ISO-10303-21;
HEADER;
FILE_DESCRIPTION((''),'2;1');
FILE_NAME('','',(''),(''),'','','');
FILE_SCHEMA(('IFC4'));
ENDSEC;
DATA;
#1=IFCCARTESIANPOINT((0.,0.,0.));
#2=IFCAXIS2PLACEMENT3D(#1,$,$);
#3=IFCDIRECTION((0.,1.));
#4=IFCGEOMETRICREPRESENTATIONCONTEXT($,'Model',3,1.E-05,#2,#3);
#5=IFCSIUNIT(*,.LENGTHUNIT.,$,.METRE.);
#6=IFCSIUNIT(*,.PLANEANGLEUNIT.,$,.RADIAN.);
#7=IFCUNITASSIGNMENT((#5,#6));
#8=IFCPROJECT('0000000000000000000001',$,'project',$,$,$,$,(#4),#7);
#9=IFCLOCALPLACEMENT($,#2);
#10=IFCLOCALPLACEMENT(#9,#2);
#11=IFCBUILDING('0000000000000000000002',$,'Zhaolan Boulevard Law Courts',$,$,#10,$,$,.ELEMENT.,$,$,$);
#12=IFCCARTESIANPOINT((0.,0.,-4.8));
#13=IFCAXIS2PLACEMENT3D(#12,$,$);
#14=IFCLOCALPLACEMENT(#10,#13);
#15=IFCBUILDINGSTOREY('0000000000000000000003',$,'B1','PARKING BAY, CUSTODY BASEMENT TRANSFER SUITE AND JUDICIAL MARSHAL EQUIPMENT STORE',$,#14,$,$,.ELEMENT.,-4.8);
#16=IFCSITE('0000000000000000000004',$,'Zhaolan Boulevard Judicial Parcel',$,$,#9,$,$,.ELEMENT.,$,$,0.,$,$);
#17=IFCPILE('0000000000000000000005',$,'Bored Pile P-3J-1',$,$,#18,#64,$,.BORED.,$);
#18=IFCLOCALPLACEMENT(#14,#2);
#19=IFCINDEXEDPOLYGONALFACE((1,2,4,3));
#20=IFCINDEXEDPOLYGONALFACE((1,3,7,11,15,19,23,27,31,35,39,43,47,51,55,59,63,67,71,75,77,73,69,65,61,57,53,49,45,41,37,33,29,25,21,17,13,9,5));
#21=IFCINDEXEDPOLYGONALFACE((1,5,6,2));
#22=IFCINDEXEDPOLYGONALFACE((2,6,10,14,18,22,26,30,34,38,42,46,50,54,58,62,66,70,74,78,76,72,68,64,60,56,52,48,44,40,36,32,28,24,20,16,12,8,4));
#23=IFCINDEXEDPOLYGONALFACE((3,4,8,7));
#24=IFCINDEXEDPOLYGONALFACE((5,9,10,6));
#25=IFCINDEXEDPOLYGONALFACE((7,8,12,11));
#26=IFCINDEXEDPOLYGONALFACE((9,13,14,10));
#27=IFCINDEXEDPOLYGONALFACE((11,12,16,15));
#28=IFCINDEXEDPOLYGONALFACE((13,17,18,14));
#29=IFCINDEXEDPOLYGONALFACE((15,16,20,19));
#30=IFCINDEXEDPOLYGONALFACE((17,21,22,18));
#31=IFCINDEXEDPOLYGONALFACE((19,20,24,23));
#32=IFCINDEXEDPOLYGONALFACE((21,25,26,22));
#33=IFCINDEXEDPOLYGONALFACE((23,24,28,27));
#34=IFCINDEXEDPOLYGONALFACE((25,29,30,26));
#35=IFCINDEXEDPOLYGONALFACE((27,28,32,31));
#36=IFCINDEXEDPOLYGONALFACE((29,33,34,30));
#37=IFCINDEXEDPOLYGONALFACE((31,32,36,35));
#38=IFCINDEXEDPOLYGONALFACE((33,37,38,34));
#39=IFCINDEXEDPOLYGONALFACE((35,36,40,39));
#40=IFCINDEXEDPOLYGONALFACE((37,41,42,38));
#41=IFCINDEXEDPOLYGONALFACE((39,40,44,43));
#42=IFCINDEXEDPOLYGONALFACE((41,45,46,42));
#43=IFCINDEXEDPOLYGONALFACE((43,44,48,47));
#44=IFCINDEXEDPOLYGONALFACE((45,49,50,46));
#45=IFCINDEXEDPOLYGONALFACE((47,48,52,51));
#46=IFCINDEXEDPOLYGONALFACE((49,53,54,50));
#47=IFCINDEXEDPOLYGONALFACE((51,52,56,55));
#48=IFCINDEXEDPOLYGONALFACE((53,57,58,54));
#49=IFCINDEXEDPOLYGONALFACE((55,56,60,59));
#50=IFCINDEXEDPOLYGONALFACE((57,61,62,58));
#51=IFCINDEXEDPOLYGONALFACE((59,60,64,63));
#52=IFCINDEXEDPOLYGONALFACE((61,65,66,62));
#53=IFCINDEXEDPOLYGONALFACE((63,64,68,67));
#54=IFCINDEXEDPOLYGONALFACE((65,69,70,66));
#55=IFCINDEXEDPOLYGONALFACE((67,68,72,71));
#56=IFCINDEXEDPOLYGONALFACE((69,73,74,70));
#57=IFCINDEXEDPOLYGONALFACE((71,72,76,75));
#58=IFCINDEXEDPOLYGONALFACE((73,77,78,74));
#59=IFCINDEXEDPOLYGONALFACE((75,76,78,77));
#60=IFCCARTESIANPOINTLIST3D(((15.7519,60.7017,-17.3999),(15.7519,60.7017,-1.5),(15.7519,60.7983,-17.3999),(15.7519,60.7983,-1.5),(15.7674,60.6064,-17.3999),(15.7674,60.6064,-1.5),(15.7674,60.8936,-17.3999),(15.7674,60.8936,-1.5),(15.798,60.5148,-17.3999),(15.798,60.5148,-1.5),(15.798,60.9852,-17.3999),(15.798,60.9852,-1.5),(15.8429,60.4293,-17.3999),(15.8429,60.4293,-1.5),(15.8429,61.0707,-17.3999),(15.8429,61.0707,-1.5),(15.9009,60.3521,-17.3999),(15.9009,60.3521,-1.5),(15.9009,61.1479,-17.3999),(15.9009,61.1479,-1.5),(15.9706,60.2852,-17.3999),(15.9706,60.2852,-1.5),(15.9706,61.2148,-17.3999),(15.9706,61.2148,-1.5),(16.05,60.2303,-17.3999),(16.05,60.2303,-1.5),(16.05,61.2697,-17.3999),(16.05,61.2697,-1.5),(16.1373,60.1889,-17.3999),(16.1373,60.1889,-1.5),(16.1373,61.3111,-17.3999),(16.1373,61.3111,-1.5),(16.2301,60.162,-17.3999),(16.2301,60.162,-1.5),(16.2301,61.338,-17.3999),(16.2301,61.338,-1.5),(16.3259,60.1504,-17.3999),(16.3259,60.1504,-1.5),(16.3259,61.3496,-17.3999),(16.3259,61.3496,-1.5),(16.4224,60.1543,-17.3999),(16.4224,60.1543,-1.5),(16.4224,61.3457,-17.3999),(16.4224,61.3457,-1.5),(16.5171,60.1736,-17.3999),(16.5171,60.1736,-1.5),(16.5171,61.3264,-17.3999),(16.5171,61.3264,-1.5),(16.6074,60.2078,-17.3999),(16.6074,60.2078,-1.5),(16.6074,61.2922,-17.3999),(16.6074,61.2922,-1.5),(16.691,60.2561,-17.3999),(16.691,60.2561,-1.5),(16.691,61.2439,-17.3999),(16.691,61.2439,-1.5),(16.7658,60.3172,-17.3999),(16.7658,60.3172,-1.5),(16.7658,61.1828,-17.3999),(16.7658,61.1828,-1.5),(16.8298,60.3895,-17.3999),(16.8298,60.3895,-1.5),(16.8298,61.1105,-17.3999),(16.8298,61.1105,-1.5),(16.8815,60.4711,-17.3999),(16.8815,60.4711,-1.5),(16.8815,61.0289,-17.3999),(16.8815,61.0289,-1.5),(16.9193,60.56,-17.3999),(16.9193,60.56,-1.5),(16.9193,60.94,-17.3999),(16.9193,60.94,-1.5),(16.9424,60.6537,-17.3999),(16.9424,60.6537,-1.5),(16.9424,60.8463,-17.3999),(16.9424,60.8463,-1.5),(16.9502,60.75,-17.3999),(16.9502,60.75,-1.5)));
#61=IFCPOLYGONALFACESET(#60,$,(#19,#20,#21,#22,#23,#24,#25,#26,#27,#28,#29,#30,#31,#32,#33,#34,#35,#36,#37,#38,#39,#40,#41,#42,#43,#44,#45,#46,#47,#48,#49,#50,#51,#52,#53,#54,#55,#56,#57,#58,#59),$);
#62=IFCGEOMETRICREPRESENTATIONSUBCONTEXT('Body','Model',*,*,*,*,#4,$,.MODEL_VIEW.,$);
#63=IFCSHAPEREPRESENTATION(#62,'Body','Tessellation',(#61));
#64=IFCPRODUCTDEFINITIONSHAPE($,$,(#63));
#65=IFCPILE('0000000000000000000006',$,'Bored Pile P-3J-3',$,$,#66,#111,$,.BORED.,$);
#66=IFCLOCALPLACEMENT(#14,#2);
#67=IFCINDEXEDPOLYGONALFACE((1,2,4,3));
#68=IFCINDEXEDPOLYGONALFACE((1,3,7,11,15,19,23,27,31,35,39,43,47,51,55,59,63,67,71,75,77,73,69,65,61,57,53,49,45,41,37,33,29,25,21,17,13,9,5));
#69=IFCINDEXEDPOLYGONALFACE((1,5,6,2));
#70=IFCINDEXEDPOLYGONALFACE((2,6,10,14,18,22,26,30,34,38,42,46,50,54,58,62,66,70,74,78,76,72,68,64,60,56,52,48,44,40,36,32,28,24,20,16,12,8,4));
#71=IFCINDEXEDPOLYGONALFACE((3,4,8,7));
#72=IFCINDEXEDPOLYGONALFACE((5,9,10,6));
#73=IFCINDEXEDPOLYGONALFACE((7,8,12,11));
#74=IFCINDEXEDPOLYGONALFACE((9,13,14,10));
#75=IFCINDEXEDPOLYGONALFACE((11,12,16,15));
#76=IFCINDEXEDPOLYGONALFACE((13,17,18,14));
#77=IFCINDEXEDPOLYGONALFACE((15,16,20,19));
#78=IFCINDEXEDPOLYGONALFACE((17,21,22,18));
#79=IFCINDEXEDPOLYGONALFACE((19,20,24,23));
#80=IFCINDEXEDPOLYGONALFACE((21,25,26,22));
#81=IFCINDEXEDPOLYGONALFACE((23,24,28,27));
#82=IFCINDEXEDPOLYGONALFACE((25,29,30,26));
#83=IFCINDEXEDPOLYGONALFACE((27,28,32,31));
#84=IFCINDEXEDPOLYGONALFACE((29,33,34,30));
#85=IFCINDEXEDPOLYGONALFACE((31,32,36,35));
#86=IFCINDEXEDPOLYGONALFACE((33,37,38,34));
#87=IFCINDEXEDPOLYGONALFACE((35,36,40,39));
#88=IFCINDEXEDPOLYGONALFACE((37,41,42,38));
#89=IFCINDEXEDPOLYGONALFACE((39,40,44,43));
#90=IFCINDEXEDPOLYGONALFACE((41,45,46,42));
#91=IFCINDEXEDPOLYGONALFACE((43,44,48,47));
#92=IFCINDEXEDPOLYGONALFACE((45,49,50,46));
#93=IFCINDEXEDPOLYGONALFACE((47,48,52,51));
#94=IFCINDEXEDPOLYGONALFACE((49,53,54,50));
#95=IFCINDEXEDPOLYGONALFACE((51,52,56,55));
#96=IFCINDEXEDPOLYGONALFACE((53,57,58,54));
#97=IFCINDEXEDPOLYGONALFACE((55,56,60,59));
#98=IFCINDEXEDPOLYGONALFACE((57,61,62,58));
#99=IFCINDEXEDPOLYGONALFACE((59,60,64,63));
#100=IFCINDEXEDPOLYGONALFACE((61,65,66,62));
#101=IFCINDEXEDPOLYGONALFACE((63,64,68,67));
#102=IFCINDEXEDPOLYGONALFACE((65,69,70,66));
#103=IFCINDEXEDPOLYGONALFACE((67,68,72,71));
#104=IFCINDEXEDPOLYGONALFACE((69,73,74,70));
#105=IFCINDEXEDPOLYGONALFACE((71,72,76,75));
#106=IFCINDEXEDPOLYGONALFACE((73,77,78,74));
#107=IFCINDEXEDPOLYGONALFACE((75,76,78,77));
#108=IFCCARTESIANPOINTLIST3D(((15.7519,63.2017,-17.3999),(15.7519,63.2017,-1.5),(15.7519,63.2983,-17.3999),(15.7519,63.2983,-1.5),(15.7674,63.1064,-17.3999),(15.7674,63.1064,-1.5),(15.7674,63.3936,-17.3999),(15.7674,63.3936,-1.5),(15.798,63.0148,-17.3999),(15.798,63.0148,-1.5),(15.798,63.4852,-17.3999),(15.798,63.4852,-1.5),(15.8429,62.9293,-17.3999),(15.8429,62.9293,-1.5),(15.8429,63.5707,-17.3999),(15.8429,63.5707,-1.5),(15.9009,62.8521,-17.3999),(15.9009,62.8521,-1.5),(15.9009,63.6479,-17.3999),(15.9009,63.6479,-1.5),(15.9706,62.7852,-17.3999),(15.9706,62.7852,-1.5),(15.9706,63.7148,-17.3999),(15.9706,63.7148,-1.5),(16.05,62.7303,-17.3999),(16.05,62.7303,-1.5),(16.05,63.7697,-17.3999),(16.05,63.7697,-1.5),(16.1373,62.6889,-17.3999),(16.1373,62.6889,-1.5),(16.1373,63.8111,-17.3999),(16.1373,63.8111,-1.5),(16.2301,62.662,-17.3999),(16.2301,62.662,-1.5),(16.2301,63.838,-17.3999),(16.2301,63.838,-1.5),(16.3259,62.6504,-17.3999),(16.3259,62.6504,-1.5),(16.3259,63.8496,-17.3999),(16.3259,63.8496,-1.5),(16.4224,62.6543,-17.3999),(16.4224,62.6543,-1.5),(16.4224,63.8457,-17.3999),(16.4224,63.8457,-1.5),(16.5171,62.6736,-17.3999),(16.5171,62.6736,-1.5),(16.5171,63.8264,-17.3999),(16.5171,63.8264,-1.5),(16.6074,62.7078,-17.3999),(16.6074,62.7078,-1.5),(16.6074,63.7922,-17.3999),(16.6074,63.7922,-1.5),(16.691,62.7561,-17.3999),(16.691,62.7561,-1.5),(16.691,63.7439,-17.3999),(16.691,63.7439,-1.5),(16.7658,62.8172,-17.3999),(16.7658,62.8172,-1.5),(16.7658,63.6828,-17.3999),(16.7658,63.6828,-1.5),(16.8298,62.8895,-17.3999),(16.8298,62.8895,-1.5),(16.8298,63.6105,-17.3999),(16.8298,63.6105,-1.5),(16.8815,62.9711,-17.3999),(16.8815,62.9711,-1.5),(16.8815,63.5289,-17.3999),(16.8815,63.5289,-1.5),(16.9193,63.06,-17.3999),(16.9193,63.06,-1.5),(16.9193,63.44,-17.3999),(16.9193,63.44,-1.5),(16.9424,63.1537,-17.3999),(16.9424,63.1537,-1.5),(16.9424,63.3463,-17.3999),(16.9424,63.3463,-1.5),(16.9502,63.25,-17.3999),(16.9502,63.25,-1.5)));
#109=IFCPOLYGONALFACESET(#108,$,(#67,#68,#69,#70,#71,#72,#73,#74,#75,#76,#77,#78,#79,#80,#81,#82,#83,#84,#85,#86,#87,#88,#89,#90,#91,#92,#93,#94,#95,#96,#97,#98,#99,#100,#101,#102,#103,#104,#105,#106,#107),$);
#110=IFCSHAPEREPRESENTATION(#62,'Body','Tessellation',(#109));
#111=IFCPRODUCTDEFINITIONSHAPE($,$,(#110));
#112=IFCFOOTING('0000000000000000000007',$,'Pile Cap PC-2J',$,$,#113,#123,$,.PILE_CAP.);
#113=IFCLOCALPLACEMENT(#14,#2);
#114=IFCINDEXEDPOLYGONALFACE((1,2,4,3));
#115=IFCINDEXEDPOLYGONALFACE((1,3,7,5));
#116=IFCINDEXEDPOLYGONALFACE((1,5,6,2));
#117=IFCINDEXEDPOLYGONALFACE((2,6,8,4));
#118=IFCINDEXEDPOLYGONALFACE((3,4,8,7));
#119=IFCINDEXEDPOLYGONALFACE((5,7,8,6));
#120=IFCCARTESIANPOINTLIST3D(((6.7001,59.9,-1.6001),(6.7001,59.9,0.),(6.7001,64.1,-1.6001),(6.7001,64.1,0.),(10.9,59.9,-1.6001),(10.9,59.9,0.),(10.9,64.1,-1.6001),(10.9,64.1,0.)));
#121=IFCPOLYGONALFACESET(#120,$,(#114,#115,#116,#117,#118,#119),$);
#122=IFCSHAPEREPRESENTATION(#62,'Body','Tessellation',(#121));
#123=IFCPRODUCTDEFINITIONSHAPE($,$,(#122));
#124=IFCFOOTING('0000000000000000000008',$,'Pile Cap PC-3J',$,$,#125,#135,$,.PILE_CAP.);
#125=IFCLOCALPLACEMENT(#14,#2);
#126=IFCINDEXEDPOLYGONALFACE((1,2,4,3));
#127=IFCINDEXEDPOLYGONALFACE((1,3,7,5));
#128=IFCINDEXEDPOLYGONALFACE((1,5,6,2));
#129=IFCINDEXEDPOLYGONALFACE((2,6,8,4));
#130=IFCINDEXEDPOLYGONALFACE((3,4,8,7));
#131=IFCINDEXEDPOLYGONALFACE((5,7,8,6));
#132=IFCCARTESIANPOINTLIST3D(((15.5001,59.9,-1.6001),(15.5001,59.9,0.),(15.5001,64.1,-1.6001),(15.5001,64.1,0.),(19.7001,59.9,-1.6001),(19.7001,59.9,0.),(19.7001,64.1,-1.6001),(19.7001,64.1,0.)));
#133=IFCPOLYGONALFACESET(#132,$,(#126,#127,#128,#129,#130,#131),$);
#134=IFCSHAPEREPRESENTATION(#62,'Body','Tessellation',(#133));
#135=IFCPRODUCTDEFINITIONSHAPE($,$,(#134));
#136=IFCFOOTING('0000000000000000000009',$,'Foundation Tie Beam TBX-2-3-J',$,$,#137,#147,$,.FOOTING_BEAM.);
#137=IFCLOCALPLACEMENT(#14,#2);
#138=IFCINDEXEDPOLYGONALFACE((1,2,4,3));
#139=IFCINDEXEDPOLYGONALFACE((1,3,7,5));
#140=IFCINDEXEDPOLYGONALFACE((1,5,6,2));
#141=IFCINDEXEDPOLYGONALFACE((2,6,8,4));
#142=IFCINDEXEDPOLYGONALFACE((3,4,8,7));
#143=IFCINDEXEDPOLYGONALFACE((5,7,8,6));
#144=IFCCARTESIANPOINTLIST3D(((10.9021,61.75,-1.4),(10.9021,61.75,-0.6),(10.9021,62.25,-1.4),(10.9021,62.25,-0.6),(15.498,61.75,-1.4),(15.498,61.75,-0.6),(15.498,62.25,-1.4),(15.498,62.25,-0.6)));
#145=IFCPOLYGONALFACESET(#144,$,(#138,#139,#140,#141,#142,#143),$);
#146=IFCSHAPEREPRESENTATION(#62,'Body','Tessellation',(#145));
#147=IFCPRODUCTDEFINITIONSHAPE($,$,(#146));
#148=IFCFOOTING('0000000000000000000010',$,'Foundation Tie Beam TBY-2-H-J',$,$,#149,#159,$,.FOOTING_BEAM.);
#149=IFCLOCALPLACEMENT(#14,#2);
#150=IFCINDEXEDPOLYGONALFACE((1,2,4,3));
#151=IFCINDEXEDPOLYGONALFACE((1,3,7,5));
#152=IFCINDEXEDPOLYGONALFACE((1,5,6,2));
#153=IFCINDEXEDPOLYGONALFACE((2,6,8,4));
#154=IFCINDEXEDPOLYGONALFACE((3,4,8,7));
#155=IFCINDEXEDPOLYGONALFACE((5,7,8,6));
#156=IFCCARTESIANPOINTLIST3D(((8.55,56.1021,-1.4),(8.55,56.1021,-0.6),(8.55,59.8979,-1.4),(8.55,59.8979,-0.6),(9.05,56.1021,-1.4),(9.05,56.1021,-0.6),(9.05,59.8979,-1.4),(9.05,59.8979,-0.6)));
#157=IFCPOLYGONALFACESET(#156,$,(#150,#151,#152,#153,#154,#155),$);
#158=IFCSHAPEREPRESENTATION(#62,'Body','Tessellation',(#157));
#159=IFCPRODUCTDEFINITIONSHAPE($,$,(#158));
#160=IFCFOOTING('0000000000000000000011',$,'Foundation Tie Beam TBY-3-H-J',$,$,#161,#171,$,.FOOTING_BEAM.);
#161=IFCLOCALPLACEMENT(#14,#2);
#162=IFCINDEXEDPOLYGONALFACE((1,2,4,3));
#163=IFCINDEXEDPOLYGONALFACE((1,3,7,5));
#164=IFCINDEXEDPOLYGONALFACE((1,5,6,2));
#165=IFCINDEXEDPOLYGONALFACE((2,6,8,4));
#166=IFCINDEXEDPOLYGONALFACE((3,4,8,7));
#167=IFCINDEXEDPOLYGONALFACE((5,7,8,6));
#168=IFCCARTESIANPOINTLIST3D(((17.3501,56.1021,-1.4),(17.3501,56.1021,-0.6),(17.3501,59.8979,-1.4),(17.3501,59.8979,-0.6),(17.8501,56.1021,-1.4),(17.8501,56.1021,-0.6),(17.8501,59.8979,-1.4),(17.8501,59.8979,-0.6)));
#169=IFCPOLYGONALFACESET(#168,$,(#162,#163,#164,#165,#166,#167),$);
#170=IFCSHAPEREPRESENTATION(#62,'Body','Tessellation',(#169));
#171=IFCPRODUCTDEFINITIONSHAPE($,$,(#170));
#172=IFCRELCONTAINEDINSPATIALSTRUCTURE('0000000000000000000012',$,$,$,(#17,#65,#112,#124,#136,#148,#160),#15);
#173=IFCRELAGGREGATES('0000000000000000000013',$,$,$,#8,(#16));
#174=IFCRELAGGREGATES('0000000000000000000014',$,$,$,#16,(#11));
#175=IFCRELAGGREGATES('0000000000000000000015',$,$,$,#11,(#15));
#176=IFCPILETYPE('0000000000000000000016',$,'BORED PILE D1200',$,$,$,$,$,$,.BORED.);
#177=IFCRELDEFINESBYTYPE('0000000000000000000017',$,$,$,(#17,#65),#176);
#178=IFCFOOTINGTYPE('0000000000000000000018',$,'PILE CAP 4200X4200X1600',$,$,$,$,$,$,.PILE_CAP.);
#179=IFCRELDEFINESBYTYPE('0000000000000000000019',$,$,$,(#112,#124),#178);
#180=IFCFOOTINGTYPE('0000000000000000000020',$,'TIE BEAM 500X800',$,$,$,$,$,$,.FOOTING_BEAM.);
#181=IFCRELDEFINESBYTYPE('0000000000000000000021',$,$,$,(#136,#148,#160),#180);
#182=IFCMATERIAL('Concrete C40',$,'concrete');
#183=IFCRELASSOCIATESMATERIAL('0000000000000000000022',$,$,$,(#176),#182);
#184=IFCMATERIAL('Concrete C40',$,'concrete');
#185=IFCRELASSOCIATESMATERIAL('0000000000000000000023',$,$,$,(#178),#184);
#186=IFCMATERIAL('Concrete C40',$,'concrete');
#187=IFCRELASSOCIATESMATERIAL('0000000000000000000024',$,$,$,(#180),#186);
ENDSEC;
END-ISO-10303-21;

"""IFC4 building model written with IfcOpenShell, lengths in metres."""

from ifc_helpers import new_model, si_unit, direction, frame, origin, origin_2d, place, context, subcontext, project, spatial, rectangle, circle, extrude, material, material_profile, profile_set, type_object, element, save


model = new_model("IFC4")

# Units and contexts
model_context = context("Model", 3, precision=1e-05, world=origin(), true_north=direction((0.0, 1.0)))
body_context = subcontext(model_context, "Body", "Model", "MODEL_VIEW")
ifc_project = project(units=[si_unit("LENGTHUNIT", "METRE"), si_unit("PLANEANGLEUNIT", "RADIAN")], contexts=[model_context])

# Site, building, storey
site_placement = place(None, origin())
site = spatial("IfcSite", under=ifc_project, at=site_placement, Name="Zhaolan Boulevard Judicial Parcel", CompositionType="ELEMENT", RefElevation=0.0)
building_placement = place(site_placement, origin())
building = spatial("IfcBuilding", under=site, at=building_placement, Name="Zhaolan Boulevard Law Courts", CompositionType="ELEMENT")
storey_placement = place(building_placement, frame((0.0, 0.0, -4.8)))
storey = spatial("IfcBuildingStorey", under=building, at=storey_placement, Name="B1", Description="PARKING BAY, CUSTODY BASEMENT TRANSFER SUITE AND JUDICIAL MARSHAL EQUIPMENT STORE", CompositionType="ELEMENT", Elevation=-4.8)

# Piles
ifc_material_1 = material(Name="Concrete C40", Category="concrete")
ifc_material_profile_1 = material_profile(ifc_material_1, circle(Radius=0.6001, at=origin_2d()), Name="PILE-D1200")
ifc_profile_set_1 = profile_set([ifc_material_profile_1], Name="Concrete C40")
pile_type = type_object("IfcPileType", Name="BORED PILE D1200", PredefinedType="BORED", material=ifc_profile_set_1)
for number, where, z_axis, x_axis, name in (
    (1, (16.3501, 60.75, -1.5), (0.0, 0.0, -1.0), (1.0, 0.0, 0.0), "Bored Pile P-3J-1"),
    (2, (16.3501, 63.25, -1.5), (0.0, 0.0, -1.0), (1.0, 0.0, 0.0), "Bored Pile P-3J-3"),
):
    element("IfcPile", number, at=place(storey_placement, frame(where, z_axis=z_axis, x_axis=x_axis)), inside=storey, type_object=pile_type, Name=name, PredefinedType="BORED", context=body_context, shape_type="SweptSolid", body=[
        extrude(circle(Radius=0.6001, at=origin_2d()), origin(), (0.0, 0.0, 1.0), 15.8999),
    ])

# Footings
ifc_material_2 = material(Name="Concrete C40", Category="concrete")
footing_type_1 = type_object("IfcFootingType", Name="PILE CAP 4200X4200X1600", PredefinedType="PILE_CAP", material=ifc_material_2)
for number, where, z_axis, x_axis, name in (
    (3, (8.8, 62.0, -1.6001), (0.0, 0.0, 1.0), (1.0, 0.0, 0.0), "Pile Cap PC-2J"),
    (4, (17.6001, 62.0, -1.6001), (0.0, 0.0, 1.0), (1.0, 0.0, 0.0), "Pile Cap PC-3J"),
):
    element("IfcFooting", number, at=place(storey_placement, frame(where, z_axis=z_axis, x_axis=x_axis)), inside=storey, type_object=footing_type_1, Name=name, PredefinedType="PILE_CAP", context=body_context, shape_type="SweptSolid", body=[
        extrude(rectangle(XDim=4.2, YDim=4.2, at=origin_2d()), origin(), (0.0, 0.0, 1.0), 1.6001),
    ])
ifc_material_3 = material(Name="Concrete C40", Category="concrete")
ifc_material_profile_2 = material_profile(ifc_material_3, rectangle(XDim=0.5, YDim=0.8, at=origin_2d()), Name="RC500x800")
ifc_profile_set_2 = profile_set([ifc_material_profile_2], Name="Concrete C40")
footing_type_2 = type_object("IfcFootingType", Name="TIE BEAM 500X800", PredefinedType="FOOTING_BEAM", material=ifc_profile_set_2)
footing_placement = place(storey_placement, frame((10.9021, 62.0, -1.0), z_axis=(1.0, 0.0, 0.0), x_axis=(0.0, 1.0, 0.0)))
element("IfcFooting", 5, at=footing_placement, inside=storey, type_object=footing_type_2, Name="Foundation Tie Beam TBX-2-3-J", PredefinedType="FOOTING_BEAM", context=body_context, shape_type="SweptSolid", body=[
    extrude(rectangle(XDim=0.5, YDim=0.8, at=origin_2d()), origin(), (0.0, 0.0, 1.0), 4.5959),
])
for number, where, z_axis, x_axis, name in (
    (6, (8.8, 56.1021, -1.0), (0.0, 1.0, 0.0), (-1.0, 0.0, 0.0), "Foundation Tie Beam TBY-2-H-J"),
    (7, (17.6001, 56.1021, -1.0), (0.0, 1.0, 0.0), (-1.0, 0.0, 0.0), "Foundation Tie Beam TBY-3-H-J"),
):
    element("IfcFooting", number, at=place(storey_placement, frame(where, z_axis=z_axis, x_axis=x_axis)), inside=storey, type_object=footing_type_2, Name=name, PredefinedType="FOOTING_BEAM", context=body_context, shape_type="SweptSolid", body=[
        extrude(rectangle(XDim=0.5, YDim=0.8, at=origin_2d()), origin(), (0.0, 0.0, 1.0), 3.7959),
    ])

save(model, "model.ifc")
